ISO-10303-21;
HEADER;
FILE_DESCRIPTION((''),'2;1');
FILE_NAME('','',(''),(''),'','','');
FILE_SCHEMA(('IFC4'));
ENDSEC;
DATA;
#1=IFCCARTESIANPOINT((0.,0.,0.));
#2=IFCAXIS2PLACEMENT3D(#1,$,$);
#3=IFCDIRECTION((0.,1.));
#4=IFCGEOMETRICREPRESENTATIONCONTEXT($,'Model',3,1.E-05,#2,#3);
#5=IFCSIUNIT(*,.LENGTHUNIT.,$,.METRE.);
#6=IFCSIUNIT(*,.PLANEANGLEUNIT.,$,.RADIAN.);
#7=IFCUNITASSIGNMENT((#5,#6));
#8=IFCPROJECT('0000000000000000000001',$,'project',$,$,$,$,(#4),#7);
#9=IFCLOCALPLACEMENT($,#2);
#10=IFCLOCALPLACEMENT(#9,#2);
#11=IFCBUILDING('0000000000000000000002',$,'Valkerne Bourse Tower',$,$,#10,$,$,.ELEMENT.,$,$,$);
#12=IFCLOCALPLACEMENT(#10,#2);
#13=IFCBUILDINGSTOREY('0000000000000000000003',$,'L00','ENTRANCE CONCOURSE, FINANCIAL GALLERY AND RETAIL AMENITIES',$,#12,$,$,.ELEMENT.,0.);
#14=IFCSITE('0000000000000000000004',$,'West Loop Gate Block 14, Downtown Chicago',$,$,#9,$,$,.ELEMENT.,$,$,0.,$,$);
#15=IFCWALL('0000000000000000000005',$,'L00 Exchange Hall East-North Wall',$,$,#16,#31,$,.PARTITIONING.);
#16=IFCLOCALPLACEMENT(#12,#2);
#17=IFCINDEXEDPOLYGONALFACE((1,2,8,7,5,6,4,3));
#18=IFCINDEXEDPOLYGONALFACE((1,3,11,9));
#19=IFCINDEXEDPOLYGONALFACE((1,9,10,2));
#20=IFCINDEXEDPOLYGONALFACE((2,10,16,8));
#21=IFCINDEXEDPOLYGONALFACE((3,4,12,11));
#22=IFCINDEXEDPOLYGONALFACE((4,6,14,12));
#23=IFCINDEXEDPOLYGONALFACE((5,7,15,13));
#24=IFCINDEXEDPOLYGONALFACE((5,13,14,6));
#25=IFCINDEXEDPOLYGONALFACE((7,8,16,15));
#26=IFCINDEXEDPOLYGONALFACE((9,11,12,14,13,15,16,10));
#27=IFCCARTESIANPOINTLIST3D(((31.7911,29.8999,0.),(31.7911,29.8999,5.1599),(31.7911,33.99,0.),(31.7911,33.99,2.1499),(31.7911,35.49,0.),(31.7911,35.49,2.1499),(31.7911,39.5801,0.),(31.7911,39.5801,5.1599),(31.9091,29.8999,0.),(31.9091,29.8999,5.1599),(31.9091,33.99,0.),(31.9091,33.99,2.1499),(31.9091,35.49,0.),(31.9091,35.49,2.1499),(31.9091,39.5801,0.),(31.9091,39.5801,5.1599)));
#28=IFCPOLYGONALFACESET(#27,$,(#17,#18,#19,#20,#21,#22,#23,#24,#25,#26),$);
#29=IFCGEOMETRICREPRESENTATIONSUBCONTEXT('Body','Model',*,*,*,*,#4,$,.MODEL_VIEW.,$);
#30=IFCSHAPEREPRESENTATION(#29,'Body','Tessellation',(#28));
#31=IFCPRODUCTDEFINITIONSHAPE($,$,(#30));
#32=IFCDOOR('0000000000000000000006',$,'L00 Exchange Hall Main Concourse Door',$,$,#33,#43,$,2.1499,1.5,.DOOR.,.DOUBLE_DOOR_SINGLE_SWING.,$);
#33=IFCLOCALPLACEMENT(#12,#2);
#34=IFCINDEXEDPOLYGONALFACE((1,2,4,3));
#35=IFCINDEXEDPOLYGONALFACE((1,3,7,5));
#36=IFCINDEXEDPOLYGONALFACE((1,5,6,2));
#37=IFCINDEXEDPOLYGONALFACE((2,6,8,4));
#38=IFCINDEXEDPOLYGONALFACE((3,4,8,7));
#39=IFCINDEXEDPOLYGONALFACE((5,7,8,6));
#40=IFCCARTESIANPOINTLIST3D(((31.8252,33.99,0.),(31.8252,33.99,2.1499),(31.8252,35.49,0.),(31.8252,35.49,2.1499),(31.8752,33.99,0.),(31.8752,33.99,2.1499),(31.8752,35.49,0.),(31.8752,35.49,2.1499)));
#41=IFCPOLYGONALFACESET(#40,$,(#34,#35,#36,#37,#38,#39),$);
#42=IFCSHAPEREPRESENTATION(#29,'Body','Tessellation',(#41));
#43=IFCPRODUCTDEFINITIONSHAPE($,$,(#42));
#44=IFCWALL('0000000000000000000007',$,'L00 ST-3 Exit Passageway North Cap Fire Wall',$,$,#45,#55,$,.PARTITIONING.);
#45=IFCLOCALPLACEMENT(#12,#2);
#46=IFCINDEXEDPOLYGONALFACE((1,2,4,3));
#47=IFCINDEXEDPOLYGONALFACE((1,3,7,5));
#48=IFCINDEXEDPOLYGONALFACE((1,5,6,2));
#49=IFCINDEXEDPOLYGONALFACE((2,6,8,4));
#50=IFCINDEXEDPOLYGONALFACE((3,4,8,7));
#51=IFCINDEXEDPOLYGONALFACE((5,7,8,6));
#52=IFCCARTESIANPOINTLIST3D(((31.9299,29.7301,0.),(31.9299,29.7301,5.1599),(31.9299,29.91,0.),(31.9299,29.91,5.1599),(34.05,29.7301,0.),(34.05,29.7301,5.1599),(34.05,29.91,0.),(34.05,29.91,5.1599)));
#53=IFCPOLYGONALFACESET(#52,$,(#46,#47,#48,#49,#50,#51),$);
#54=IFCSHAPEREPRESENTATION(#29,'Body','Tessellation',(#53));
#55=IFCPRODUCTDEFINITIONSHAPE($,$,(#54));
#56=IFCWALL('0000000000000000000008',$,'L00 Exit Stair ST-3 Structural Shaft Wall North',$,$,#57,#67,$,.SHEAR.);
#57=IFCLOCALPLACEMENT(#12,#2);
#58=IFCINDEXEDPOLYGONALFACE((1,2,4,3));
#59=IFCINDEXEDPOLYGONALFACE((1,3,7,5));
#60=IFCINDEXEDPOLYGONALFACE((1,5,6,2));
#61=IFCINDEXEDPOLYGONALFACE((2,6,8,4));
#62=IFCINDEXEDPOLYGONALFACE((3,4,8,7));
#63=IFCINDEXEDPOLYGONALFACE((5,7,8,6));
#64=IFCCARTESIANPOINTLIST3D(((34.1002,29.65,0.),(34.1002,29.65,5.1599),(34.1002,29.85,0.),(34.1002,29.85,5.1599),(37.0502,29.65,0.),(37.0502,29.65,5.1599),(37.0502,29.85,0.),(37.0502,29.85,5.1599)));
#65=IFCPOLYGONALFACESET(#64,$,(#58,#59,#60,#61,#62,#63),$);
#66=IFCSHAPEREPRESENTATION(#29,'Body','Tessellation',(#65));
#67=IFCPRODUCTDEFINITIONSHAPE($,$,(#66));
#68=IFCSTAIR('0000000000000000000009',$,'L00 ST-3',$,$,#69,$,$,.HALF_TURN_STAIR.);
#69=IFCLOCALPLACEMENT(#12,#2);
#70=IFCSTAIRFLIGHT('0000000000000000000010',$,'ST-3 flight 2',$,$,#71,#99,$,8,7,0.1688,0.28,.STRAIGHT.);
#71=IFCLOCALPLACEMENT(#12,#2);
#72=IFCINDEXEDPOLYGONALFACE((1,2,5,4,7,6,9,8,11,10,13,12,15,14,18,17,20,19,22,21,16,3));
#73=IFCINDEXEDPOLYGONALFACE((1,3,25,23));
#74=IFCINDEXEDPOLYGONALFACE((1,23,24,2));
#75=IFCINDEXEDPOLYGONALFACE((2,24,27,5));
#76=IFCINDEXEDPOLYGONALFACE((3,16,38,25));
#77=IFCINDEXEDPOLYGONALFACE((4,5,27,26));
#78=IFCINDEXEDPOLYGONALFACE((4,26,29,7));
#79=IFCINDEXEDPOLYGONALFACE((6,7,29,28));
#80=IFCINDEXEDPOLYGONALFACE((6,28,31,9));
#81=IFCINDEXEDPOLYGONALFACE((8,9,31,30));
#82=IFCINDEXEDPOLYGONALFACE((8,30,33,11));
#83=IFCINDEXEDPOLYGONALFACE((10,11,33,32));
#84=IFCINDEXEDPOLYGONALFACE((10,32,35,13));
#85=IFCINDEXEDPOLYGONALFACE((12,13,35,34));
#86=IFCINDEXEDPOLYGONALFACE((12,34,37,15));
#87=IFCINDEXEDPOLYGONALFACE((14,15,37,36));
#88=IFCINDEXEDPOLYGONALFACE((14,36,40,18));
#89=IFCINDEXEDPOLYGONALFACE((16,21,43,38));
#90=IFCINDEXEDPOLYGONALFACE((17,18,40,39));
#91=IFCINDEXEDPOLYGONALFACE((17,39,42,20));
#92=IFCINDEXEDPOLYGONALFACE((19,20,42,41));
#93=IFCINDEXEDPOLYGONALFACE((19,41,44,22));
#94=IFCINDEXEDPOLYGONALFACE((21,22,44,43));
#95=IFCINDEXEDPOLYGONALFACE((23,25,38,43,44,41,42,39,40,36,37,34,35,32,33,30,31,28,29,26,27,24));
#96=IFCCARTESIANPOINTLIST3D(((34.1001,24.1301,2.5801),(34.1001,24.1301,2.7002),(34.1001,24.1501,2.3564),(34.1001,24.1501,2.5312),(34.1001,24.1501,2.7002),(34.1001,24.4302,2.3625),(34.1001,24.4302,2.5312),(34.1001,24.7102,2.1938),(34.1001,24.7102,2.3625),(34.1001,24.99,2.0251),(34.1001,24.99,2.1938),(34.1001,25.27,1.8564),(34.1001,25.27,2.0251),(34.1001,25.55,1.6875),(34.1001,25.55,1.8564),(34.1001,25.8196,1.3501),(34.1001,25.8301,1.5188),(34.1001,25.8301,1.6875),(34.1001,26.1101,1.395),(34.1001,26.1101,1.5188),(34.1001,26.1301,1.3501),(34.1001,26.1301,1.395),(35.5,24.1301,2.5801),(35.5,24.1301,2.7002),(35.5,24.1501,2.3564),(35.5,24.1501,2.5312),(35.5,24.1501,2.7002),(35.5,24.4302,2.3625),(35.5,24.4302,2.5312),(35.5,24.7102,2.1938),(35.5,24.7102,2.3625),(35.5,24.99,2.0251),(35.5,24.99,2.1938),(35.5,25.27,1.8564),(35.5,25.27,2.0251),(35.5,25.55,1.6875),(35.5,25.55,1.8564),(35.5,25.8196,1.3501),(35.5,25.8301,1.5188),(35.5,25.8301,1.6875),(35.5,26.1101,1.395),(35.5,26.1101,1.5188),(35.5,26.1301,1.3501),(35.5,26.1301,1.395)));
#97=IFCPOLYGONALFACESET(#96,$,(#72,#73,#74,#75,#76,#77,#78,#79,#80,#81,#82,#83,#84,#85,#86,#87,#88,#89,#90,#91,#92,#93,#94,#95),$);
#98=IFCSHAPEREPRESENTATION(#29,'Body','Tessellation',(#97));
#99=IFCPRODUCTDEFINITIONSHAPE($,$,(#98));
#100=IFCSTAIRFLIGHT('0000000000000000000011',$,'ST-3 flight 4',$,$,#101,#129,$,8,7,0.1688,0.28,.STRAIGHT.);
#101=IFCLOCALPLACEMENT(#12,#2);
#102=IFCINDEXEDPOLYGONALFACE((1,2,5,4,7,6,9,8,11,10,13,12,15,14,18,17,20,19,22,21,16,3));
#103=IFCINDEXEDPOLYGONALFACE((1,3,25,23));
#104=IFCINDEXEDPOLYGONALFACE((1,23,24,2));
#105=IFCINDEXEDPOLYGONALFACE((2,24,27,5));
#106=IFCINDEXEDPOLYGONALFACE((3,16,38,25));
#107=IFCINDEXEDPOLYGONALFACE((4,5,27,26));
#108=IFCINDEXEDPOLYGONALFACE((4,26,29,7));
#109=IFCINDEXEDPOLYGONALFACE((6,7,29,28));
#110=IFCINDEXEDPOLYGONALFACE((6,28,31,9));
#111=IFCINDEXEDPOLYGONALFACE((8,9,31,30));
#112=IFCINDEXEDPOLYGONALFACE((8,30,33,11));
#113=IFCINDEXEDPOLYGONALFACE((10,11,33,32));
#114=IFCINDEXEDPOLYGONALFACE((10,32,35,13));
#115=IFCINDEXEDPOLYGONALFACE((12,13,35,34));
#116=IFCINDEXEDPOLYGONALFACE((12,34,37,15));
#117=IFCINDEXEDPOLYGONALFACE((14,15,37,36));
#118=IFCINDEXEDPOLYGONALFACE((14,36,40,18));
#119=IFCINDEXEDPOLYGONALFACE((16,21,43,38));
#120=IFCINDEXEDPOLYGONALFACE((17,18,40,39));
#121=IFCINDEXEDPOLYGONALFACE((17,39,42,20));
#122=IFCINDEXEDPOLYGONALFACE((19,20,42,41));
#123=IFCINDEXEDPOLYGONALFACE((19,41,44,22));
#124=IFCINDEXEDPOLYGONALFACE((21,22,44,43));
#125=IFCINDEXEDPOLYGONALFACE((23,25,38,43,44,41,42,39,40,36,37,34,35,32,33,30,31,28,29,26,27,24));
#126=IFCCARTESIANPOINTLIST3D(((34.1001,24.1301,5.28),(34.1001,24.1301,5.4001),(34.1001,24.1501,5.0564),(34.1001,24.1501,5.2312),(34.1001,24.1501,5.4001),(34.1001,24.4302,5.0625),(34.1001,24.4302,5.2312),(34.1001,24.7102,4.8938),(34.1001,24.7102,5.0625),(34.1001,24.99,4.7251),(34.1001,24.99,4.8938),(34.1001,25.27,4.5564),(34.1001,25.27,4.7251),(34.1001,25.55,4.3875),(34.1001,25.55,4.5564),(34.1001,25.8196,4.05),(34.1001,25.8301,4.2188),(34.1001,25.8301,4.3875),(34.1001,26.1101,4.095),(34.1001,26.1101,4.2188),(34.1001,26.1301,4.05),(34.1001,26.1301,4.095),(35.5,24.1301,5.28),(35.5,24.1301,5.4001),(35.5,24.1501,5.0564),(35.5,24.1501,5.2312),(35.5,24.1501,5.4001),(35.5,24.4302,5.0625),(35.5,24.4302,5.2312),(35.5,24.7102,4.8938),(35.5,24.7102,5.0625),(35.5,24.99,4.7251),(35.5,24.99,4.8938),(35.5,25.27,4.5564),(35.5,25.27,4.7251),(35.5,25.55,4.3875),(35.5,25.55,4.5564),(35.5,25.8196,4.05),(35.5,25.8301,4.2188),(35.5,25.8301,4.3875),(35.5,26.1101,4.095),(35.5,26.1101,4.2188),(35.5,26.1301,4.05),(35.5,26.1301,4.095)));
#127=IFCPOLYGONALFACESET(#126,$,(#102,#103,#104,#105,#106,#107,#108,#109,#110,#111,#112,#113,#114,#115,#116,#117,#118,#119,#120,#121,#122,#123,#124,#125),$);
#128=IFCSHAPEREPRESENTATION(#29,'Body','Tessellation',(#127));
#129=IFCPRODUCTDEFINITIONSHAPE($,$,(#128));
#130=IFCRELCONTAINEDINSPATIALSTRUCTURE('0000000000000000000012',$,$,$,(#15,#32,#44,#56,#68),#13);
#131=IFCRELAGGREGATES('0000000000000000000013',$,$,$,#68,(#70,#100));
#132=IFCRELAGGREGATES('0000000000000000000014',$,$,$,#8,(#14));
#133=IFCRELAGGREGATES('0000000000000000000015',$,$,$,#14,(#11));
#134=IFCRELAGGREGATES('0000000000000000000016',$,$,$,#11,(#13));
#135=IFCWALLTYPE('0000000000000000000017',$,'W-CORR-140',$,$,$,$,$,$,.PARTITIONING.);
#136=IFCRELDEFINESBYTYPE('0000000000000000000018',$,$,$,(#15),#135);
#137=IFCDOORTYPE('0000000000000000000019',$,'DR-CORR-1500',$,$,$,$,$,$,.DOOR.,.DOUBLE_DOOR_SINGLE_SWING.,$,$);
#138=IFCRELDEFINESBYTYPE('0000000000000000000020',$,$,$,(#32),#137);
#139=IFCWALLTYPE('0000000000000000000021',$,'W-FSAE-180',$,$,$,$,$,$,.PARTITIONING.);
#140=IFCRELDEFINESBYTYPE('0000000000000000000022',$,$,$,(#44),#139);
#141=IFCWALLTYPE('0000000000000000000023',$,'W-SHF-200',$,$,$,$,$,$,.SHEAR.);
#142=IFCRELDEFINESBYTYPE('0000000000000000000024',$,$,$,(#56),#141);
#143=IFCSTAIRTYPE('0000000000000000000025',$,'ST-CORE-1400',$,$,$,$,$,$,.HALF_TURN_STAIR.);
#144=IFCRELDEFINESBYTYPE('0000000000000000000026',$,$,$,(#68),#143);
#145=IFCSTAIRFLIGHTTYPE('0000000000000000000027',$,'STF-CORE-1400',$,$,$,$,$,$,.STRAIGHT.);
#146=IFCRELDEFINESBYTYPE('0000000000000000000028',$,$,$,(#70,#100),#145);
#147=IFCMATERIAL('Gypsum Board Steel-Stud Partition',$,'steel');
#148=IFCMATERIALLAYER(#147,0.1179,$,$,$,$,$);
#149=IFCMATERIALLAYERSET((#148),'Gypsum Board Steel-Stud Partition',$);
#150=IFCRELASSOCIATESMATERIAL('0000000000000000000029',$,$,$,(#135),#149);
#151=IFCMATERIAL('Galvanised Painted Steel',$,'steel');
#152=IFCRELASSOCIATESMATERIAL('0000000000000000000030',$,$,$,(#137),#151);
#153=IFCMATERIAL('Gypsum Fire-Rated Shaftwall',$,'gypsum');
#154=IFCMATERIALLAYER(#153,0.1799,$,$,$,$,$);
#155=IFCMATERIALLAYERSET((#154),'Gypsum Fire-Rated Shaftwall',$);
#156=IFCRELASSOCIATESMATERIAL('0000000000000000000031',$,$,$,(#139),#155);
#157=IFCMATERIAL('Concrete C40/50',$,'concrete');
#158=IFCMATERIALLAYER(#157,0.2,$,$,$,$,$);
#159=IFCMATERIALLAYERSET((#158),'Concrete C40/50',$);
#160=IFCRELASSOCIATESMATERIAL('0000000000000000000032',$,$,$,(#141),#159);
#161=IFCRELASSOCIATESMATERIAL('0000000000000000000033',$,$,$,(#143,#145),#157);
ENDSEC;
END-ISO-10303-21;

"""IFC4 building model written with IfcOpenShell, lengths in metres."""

from ifc_helpers import new_model, si_unit, direction, frame, frame_2d, origin, place, context, subcontext, project, spatial, polyline, rectangle, outline, extrude, material, layer, layer_set, type_object, element, fill, aggregate, save


model = new_model("IFC4")

# Units and contexts
model_context = context("Model", 3, precision=1e-05, world=origin(), true_north=direction((0.0, 1.0)))
body_context = subcontext(model_context, "Body", "Model", "MODEL_VIEW")
ifc_project = project(units=[si_unit("LENGTHUNIT", "METRE"), si_unit("PLANEANGLEUNIT", "RADIAN")], contexts=[model_context])

# Site, building, storey
site_placement = place(None, origin())
site = spatial("IfcSite", under=ifc_project, at=site_placement, Name="West Loop Gate Block 14, Downtown Chicago", CompositionType="ELEMENT", RefElevation=0.0)
building_placement = place(site_placement, origin())
building = spatial("IfcBuilding", under=site, at=building_placement, Name="Valkerne Bourse Tower", CompositionType="ELEMENT")
storey_placement = place(building_placement, origin())
storey = spatial("IfcBuildingStorey", under=building, at=storey_placement, Name="L00", Description="ENTRANCE CONCOURSE, FINANCIAL GALLERY AND RETAIL AMENITIES", CompositionType="ELEMENT", Elevation=0.0)

# Wall, opening, door
ifc_material_1 = material(Name="Galvanised Painted Steel", Category="steel")
ifc_material_2 = material(Name="Gypsum Board Steel-Stud Partition", Category="steel")
ifc_layer_1 = layer(ifc_material_2, 0.1179)
ifc_layer_set_1 = layer_set([ifc_layer_1], Name="Gypsum Board Steel-Stud Partition")
wall_type_1 = type_object("IfcWallType", Name="W-CORR-140", PredefinedType="PARTITIONING", material=ifc_layer_set_1)
wall_1_placement = place(storey_placement, frame((31.8501, 29.8999, 0.0), z_axis=(0.0, 0.0, 1.0), x_axis=(0.0, 1.0, 0.0)))
wall_1 = element("IfcWall", 1, at=wall_1_placement, inside=storey, type_object=wall_type_1, Name="L00 Exchange Hall East-North Wall", PredefinedType="PARTITIONING", context=body_context, shape_type="SweptSolid", body=[
    extrude(rectangle(XDim=9.6802, YDim=0.1179, at=frame_2d((4.8401, 0.0))), origin(), (0.0, 0.0, 1.0), 5.1599),
])
opening_1_placement = place(wall_1_placement, frame((4.0901, 0.0, 0.0)))
opening_1 = element("IfcOpeningElement", 2, at=opening_1_placement, cuts=wall_1, PredefinedType="OPENING", context=body_context, shape_type="SweptSolid", body=[
    extrude(rectangle(XDim=1.5, YDim=2.1499, at=frame_2d((0.75, 1.075))), frame((0.0, 0.0688, 0.0), z_axis=(0.0, -1.0, 0.0), x_axis=(1.0, 0.0, 0.0)), (0.0, 0.0, 1.0), 0.1379),
])
door_type_1 = type_object("IfcDoorType", Name="DR-CORR-1500", OperationType="DOUBLE_DOOR_SINGLE_SWING", PredefinedType="DOOR", material=ifc_material_1)
door_1_placement = place(opening_1_placement, origin())
door_1 = element("IfcDoor", 3, at=door_1_placement, inside=storey, type_object=door_type_1, Name="L00 Exchange Hall Main Concourse Door", OperationType="DOUBLE_DOOR_SINGLE_SWING", OverallHeight=2.1499, OverallWidth=1.5, PredefinedType="DOOR", context=body_context, shape_type="SweptSolid", body=[
    extrude(rectangle(XDim=1.5, YDim=2.1499, at=frame_2d((0.75, 1.075))), frame((0.0, 0.0249, 0.0), z_axis=(0.0, -1.0, 0.0), x_axis=(1.0, 0.0, 0.0)), (0.0, 0.0, 1.0), 0.05),
])
fill(opening_1, door_1)

# Walls
ifc_material_3 = material(Name="Gypsum Fire-Rated Shaftwall", Category="gypsum")
ifc_layer_2 = layer(ifc_material_3, 0.1799)
ifc_layer_set_2 = layer_set([ifc_layer_2], Name="Gypsum Fire-Rated Shaftwall")
wall_type_2 = type_object("IfcWallType", Name="W-FSAE-180", PredefinedType="PARTITIONING", material=ifc_layer_set_2)
wall_2_placement = place(storey_placement, frame((31.9299, 29.8201, 0.0), z_axis=(0.0, 0.0, 1.0), x_axis=(1.0, 0.0, 0.0)))
element("IfcWall", 4, at=wall_2_placement, inside=storey, type_object=wall_type_2, Name="L00 ST-3 Exit Passageway North Cap Fire Wall", PredefinedType="PARTITIONING", context=body_context, shape_type="SweptSolid", body=[
    extrude(rectangle(XDim=2.1201, YDim=0.1799, at=frame_2d((1.0601, 0.0))), origin(), (0.0, 0.0, 1.0), 5.1599),
])
ifc_material_4 = material(Name="Concrete C40/50", Category="concrete")
ifc_layer_3 = layer(ifc_material_4, 0.2)
ifc_layer_set_3 = layer_set([ifc_layer_3], Name="Concrete C40/50")
wall_type_3 = type_object("IfcWallType", Name="W-SHF-200", PredefinedType="SHEAR", material=ifc_layer_set_3)
wall_3_placement = place(storey_placement, frame((34.1001, 29.75, 0.0), z_axis=(0.0, 0.0, 1.0), x_axis=(1.0, 0.0, 0.0)))
element("IfcWall", 5, at=wall_3_placement, inside=storey, type_object=wall_type_3, Name="L00 Exit Stair ST-3 Structural Shaft Wall North", PredefinedType="SHEAR", context=body_context, shape_type="SweptSolid", body=[
    extrude(rectangle(XDim=2.95, YDim=0.2, at=frame_2d((1.4751, 0.0))), origin(), (0.0, 0.0, 1.0), 5.1599),
])

# Stair, stair flights
stair_type = type_object("IfcStairType", Name="ST-CORE-1400", PredefinedType="HALF_TURN_STAIR", material=ifc_material_4)
stair_placement = place(storey_placement, origin())
stair = element("IfcStair", 6, at=stair_placement, inside=storey, type_object=stair_type, Name="L00 ST-3", PredefinedType="HALF_TURN_STAIR")
stair_flight_type = type_object("IfcStairFlightType", Name="STF-CORE-1400", PredefinedType="STRAIGHT", material=ifc_material_4)
stair_flight_1_placement = place(storey_placement, frame((34.8, 26.1101, 1.3501), z_axis=(0.0, 0.0, 1.0), x_axis=(0.0, -1.0, 0.0)))
stair_flight_1 = element("IfcStairFlight", 7, at=stair_flight_1_placement, type_object=stair_flight_type, Name="ST-3 flight 2", NumberOfRisers=8, NumberOfTreads=7, PredefinedType="STRAIGHT", RiserHeight=0.1688, TreadLength=0.28, context=body_context, shape_type="SweptSolid", body=[
    extrude(outline(polyline([(-0.02, 0.0), (-0.02, 0.0449), (0.0, 0.0449), (0.0, 0.1687), (0.28, 0.1687), (0.28, 0.3374), (0.5601, 0.3374), (0.5601, 0.5063), (0.8401, 0.5063), (0.8401, 0.675), (1.1201, 0.675), (1.1201, 0.8438), (1.3999, 0.8438), (1.3999, 1.0125), (1.6799, 1.0125), (1.6799, 1.1812), (1.96, 1.1812), (1.96, 1.3501), (1.98, 1.3501), (1.98, 1.23), (1.96, 1.0063), (0.2905, 0.0), (-0.02, 0.0)])), frame((0.0, 0.7, 0.0), z_axis=(0.0, -1.0, 0.0), x_axis=(1.0, 0.0, 0.0)), (0.0, 0.0, 1.0), 1.3999),
])
stair_flight_2_placement = place(storey_placement, frame((34.8, 26.1101, 4.05), z_axis=(0.0, 0.0, 1.0), x_axis=(0.0, -1.0, 0.0)))
stair_flight_2 = element("IfcStairFlight", 8, at=stair_flight_2_placement, type_object=stair_flight_type, Name="ST-3 flight 4", NumberOfRisers=8, NumberOfTreads=7, PredefinedType="STRAIGHT", RiserHeight=0.1688, TreadLength=0.28, context=body_context, shape_type="SweptSolid", body=[
    extrude(outline(polyline([(-0.02, 0.0), (-0.02, 0.0449), (0.0, 0.0449), (0.0, 0.1687), (0.28, 0.1687), (0.28, 0.3374), (0.5601, 0.3374), (0.5601, 0.5063), (0.8401, 0.5063), (0.8401, 0.675), (1.1201, 0.675), (1.1201, 0.8438), (1.3999, 0.8438), (1.3999, 1.0125), (1.6799, 1.0125), (1.6799, 1.1812), (1.96, 1.1812), (1.96, 1.3501), (1.98, 1.3501), (1.98, 1.23), (1.96, 1.0063), (0.2905, 0.0), (-0.02, 0.0)])), frame((0.0, 0.7, 0.0), z_axis=(0.0, -1.0, 0.0), x_axis=(1.0, 0.0, 0.0)), (0.0, 0.0, 1.0), 1.3999),
])
aggregate(stair, [stair_flight_1, stair_flight_2])

save(model, "model.ifc")
